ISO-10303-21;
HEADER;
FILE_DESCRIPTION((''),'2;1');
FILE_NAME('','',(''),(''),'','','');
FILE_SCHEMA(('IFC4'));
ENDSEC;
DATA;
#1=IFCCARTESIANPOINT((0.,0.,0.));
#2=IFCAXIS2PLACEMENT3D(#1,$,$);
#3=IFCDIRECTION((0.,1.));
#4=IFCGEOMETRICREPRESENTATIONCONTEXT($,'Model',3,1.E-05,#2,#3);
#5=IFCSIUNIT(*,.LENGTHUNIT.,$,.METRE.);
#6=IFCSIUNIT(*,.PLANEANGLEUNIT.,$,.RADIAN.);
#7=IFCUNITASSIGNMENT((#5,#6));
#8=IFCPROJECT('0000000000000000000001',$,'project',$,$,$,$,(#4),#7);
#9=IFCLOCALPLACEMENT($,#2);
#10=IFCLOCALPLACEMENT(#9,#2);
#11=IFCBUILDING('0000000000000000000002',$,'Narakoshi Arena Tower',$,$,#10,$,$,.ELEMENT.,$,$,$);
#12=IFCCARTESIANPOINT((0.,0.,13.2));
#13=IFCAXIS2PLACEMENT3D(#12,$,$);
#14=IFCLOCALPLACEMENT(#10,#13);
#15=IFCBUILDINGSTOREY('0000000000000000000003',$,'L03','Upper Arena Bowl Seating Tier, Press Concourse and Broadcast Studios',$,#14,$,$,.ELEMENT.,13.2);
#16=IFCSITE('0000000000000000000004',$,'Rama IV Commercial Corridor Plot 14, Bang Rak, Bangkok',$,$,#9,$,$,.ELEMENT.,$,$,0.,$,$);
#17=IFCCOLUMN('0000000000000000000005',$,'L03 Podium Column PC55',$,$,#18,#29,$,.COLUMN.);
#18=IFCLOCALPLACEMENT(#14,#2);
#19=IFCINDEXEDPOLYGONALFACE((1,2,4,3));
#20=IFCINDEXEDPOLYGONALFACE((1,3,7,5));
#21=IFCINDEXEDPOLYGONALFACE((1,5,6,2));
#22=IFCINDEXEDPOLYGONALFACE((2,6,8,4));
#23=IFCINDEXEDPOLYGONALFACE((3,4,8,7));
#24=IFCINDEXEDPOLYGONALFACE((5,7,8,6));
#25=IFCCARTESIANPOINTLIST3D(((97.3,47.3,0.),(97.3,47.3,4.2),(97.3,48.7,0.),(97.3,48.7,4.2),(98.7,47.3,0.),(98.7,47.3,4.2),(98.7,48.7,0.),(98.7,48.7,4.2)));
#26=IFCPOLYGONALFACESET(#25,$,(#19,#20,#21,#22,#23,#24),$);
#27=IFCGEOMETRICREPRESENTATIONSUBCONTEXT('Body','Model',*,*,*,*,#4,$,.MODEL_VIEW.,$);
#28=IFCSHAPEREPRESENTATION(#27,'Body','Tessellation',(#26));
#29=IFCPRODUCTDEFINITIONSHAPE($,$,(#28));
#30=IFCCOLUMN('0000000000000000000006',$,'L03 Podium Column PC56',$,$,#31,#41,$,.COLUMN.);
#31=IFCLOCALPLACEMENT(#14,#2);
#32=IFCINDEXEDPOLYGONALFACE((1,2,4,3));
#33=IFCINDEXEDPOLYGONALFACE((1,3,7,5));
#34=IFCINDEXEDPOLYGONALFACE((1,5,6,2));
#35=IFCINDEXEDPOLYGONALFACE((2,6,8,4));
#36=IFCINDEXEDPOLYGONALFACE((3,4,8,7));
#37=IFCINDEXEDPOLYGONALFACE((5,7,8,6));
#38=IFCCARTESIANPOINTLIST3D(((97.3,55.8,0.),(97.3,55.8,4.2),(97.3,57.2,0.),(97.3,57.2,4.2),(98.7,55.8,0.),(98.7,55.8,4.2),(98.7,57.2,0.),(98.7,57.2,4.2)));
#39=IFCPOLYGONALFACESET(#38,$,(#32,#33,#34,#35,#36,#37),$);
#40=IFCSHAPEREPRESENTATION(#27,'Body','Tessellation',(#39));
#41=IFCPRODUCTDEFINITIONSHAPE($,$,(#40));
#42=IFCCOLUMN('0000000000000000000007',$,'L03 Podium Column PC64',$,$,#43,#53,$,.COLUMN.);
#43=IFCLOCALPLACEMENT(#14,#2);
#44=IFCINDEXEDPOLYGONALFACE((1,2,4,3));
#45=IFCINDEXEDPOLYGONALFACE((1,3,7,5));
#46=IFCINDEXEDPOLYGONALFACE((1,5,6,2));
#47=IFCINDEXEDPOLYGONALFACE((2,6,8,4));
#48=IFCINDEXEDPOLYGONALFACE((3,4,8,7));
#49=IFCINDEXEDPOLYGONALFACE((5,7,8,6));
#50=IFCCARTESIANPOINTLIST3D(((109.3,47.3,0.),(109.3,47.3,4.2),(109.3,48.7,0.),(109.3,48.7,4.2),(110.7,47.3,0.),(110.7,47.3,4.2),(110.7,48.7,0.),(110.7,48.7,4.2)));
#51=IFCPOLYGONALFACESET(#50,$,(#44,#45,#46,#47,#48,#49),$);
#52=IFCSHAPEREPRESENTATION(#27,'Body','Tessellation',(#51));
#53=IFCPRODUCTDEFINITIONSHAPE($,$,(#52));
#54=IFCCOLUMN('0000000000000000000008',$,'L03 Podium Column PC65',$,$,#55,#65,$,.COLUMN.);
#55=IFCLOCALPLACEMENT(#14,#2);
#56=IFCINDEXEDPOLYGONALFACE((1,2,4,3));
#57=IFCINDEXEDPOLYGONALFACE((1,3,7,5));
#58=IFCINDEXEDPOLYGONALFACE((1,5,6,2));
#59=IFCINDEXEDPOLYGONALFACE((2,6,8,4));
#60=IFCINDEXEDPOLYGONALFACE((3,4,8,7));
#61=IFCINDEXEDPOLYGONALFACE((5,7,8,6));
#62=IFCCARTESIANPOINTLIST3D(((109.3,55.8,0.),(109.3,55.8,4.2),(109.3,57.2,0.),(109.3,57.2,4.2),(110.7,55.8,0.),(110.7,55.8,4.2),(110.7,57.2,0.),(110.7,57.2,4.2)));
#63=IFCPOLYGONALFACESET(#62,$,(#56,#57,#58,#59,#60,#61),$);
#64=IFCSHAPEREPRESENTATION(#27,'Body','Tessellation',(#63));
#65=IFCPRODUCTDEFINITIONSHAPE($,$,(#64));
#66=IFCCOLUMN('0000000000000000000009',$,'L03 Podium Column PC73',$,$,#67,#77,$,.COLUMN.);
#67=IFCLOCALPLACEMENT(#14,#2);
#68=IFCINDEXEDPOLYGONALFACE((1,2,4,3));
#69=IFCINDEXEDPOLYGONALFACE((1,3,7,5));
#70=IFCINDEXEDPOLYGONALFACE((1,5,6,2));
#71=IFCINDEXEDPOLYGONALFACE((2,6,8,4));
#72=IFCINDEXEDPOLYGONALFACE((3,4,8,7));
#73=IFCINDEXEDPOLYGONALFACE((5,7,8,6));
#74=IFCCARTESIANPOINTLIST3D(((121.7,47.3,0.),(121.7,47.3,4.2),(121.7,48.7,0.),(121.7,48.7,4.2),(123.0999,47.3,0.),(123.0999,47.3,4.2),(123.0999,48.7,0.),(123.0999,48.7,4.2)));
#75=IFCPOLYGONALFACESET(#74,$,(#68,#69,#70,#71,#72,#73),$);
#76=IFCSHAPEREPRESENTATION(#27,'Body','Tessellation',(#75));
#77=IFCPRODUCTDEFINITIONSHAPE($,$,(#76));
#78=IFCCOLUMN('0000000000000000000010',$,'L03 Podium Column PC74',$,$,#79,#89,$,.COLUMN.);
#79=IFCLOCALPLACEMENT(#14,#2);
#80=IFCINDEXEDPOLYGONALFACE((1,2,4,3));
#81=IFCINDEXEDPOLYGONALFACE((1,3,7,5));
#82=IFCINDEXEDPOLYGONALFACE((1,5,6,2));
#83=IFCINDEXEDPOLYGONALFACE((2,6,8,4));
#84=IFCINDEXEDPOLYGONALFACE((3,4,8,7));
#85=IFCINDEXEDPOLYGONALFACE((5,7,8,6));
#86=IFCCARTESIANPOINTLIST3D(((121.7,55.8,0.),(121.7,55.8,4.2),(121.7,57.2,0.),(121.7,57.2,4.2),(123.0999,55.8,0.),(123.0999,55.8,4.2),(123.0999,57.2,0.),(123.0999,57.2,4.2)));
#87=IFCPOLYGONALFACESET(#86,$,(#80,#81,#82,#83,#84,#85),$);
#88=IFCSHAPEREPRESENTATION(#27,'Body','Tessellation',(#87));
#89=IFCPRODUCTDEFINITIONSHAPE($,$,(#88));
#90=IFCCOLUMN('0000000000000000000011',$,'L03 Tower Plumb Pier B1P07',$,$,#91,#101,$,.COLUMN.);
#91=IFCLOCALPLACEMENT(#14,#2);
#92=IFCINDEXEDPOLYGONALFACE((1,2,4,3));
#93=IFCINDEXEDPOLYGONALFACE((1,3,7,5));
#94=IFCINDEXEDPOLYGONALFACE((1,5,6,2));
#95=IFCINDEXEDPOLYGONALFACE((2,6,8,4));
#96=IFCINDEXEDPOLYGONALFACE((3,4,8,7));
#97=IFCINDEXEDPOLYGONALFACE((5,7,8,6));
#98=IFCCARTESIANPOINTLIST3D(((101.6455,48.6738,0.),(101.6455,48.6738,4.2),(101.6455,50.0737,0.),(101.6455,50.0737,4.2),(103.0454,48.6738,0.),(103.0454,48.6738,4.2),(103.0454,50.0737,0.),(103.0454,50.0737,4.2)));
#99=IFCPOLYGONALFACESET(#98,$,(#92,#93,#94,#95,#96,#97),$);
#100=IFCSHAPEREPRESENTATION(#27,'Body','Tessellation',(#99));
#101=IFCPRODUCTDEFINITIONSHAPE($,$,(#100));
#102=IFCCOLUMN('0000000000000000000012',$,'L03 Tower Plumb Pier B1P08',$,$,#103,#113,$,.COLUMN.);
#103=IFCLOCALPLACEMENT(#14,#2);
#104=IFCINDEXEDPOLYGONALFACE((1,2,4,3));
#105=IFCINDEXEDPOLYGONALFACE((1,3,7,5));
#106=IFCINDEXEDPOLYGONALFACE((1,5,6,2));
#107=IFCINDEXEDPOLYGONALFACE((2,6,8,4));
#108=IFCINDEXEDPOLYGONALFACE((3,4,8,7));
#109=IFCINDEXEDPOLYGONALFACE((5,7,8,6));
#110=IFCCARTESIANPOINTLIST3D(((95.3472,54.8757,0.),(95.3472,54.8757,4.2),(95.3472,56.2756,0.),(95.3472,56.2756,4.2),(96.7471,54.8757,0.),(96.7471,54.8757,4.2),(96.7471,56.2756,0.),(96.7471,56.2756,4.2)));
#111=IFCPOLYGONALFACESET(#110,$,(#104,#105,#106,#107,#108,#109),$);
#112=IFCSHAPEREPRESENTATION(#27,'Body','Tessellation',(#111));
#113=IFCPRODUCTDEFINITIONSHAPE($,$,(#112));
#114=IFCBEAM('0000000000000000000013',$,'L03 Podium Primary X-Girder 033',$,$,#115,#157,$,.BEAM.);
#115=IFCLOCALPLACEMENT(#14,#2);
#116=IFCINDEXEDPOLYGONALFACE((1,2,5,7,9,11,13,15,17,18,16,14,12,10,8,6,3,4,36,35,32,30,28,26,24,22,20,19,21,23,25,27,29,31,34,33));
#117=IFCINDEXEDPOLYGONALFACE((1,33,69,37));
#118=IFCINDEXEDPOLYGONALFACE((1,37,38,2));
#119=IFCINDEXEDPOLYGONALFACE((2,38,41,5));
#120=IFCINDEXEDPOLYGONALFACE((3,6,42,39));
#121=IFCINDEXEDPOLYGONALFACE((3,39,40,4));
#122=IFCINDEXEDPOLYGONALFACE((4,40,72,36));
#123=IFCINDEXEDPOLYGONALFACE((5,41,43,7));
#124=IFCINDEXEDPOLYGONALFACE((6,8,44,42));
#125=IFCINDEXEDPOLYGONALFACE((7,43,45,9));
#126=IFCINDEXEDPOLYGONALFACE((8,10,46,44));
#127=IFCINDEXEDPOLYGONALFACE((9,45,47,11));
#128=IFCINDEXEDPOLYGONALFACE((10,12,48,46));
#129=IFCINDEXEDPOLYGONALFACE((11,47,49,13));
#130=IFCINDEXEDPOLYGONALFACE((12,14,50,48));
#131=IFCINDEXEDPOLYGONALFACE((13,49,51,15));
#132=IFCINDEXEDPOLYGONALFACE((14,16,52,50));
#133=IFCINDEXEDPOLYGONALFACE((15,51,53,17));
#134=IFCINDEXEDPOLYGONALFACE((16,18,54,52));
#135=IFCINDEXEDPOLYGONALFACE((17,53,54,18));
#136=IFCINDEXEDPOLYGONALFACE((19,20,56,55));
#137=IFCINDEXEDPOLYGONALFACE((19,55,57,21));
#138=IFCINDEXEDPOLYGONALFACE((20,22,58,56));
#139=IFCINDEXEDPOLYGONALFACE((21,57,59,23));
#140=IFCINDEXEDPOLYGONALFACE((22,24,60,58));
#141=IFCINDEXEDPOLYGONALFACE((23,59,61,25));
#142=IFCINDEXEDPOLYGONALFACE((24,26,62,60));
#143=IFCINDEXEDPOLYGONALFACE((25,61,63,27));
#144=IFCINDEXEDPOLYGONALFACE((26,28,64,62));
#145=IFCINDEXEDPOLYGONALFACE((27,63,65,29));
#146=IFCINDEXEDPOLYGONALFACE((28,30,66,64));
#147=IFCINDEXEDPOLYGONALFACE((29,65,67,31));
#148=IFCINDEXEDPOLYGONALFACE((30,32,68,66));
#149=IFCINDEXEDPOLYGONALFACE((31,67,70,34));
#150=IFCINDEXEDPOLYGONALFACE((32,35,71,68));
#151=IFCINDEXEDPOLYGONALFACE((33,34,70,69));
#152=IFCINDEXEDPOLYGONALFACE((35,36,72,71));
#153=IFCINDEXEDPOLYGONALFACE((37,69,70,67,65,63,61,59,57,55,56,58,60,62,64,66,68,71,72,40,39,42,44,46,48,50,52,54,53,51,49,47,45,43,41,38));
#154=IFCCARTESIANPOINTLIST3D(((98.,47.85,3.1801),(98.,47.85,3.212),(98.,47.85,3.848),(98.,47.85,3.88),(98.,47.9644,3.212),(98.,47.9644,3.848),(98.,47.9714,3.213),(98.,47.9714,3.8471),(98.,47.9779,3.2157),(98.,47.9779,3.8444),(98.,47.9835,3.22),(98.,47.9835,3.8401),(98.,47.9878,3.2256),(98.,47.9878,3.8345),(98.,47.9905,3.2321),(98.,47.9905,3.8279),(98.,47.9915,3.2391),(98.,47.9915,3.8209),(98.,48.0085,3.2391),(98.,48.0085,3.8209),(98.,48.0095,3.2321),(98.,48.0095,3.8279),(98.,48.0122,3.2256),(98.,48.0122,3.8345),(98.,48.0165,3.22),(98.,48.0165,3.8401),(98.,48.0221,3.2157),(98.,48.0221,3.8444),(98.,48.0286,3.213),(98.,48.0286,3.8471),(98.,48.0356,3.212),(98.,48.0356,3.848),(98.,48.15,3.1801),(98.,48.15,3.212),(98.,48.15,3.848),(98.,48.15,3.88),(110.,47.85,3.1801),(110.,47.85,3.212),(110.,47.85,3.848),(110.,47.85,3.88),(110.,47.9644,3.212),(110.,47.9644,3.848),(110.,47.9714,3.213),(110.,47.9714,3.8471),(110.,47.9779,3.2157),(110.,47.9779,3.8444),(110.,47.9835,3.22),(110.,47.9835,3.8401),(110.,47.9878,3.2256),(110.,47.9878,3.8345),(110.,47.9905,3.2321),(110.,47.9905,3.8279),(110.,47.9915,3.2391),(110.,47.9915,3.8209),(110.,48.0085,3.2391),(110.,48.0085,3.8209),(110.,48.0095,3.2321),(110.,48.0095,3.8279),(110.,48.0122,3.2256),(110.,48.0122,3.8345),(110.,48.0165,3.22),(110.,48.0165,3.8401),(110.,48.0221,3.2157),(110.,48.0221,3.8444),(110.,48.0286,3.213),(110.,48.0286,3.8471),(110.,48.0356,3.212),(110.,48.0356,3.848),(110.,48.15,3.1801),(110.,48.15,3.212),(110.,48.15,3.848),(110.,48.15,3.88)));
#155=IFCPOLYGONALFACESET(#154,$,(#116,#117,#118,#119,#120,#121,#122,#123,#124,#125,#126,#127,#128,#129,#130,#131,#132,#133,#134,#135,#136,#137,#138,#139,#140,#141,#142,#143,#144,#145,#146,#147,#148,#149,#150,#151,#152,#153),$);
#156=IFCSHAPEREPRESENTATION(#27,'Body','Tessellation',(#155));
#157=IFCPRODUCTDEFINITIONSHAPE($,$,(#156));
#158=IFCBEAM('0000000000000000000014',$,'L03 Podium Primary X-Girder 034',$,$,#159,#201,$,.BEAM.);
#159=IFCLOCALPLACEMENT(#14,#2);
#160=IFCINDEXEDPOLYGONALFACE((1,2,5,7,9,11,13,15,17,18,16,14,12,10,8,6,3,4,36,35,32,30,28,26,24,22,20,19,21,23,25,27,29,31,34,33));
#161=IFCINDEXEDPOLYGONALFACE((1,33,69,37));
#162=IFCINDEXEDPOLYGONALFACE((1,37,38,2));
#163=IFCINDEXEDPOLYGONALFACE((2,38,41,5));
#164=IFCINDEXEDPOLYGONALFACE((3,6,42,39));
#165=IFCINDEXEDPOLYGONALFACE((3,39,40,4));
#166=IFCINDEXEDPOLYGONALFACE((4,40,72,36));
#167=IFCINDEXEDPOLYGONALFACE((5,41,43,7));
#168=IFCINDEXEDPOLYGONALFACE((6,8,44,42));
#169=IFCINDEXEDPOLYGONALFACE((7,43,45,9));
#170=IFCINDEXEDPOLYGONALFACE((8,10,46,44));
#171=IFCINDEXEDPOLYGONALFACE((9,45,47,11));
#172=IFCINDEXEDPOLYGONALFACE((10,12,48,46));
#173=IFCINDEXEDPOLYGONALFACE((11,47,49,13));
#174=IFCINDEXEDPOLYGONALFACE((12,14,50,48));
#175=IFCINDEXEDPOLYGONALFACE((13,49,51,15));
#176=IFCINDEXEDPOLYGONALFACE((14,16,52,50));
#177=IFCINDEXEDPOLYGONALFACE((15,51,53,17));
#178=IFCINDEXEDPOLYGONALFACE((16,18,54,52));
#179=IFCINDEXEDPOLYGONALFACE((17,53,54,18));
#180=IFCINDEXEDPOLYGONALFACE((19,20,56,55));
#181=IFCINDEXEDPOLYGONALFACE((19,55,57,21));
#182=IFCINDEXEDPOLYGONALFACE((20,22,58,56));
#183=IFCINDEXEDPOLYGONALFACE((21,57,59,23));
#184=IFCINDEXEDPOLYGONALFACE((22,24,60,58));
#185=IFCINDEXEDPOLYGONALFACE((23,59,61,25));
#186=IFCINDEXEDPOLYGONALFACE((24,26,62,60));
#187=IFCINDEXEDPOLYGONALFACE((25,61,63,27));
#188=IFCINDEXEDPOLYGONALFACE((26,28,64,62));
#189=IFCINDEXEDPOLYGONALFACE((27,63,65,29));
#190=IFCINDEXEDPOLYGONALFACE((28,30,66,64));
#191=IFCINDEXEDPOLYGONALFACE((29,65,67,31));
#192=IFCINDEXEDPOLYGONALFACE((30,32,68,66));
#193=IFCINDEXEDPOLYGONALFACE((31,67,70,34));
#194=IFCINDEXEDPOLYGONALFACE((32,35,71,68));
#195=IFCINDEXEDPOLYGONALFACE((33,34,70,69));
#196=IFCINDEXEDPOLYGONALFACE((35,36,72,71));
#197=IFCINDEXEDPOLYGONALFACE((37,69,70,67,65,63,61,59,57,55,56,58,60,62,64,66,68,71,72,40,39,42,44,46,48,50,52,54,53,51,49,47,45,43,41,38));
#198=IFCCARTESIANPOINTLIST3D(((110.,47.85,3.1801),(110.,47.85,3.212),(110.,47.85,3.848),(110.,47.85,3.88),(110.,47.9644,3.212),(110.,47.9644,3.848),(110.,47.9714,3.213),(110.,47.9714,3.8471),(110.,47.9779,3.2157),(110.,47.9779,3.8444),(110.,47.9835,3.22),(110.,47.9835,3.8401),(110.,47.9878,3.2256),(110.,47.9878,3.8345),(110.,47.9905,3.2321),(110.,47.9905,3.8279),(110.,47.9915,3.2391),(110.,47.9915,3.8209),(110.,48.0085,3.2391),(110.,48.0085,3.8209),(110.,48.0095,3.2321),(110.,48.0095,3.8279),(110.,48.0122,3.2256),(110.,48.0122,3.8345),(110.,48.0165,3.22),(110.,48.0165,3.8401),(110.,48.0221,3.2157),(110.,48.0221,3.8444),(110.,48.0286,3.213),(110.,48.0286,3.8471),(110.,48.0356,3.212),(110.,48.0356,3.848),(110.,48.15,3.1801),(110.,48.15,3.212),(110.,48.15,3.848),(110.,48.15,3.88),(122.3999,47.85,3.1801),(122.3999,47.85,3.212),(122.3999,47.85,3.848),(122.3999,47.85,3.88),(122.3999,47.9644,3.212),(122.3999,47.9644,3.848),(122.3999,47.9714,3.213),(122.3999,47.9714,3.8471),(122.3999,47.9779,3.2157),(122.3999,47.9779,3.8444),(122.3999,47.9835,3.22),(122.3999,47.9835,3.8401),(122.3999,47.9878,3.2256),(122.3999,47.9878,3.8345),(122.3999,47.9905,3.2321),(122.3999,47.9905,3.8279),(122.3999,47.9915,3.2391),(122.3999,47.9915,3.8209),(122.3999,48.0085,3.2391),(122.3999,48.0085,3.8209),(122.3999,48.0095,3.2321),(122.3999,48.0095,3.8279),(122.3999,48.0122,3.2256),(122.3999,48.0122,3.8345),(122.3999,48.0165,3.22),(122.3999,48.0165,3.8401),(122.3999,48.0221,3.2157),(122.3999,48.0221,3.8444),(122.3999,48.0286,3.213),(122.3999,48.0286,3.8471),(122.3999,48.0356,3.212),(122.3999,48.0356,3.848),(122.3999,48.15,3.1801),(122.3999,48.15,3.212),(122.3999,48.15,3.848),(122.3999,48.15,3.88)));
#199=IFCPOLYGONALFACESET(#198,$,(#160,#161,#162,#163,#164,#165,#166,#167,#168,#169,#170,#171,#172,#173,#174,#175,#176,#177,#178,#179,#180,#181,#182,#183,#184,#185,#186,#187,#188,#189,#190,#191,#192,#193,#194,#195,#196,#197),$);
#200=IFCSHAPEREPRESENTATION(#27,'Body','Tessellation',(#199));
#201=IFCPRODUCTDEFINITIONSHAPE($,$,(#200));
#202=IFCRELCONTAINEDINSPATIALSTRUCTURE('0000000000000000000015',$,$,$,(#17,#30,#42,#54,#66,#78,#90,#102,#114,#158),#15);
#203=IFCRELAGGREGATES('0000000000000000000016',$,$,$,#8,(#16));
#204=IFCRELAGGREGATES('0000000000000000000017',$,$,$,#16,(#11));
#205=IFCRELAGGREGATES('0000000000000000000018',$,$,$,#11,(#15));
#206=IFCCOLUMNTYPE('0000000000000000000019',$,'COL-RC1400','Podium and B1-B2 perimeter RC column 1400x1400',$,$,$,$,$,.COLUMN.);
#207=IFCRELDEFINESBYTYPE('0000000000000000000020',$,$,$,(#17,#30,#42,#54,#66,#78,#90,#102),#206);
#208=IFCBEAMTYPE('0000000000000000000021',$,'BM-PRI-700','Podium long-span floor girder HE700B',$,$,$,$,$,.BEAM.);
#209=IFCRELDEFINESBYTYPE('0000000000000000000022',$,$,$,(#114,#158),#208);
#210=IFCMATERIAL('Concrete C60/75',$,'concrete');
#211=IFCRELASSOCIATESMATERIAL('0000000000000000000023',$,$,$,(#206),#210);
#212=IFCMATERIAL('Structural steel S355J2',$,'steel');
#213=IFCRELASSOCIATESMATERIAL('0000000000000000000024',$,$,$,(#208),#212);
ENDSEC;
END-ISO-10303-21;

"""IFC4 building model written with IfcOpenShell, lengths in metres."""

from ifc_helpers import new_model, si_unit, direction, frame, origin, origin_2d, place, context, subcontext, project, spatial, rectangle, i_section, extrude, material, material_profile, profile_set, type_object, element, save


model = new_model("IFC4")

# Units and contexts
model_context = context("Model", 3, precision=1e-05, world=origin(), true_north=direction((0.0, 1.0)))
body_context = subcontext(model_context, "Body", "Model", "MODEL_VIEW")
ifc_project = project(units=[si_unit("LENGTHUNIT", "METRE"), si_unit("PLANEANGLEUNIT", "RADIAN")], contexts=[model_context])

# Site, building, storey
site_placement = place(None, origin())
site = spatial("IfcSite", under=ifc_project, at=site_placement, Name="Rama IV Commercial Corridor Plot 14, Bang Rak, Bangkok", CompositionType="ELEMENT", RefElevation=0.0)
building_placement = place(site_placement, origin())
building = spatial("IfcBuilding", under=site, at=building_placement, Name="Narakoshi Arena Tower", CompositionType="ELEMENT")
storey_placement = place(building_placement, frame((0.0, 0.0, 13.2)))
storey = spatial("IfcBuildingStorey", under=building, at=storey_placement, Name="L03", Description="Upper Arena Bowl Seating Tier, Press Concourse and Broadcast Studios", CompositionType="ELEMENT", Elevation=13.2)

# Columns
ifc_material_1 = material(Name="Concrete C60/75", Category="concrete")
ifc_material_profile_1 = material_profile(ifc_material_1, rectangle(XDim=1.3999, YDim=1.3999, at=origin_2d()), Name="RC1400x1400")
ifc_profile_set_1 = profile_set([ifc_material_profile_1], Name="Concrete C60/75")
column_type = type_object("IfcColumnType", Name="COL-RC1400", Description="Podium and B1-B2 perimeter RC column 1400x1400", PredefinedType="COLUMN", material=ifc_profile_set_1)
for number, where, z_axis, x_axis, name in (
    (1, (98.0, 48.0, 0.0), (0.0, 0.0, 1.0), (1.0, 0.0, 0.0), "L03 Podium Column PC55"),
    (2, (98.0, 56.5, 0.0), (0.0, 0.0, 1.0), (1.0, 0.0, 0.0), "L03 Podium Column PC56"),
    (3, (110.0, 48.0, 0.0), (0.0, 0.0, 1.0), (1.0, 0.0, 0.0), "L03 Podium Column PC64"),
    (4, (110.0, 56.5, 0.0), (0.0, 0.0, 1.0), (1.0, 0.0, 0.0), "L03 Podium Column PC65"),
    (5, (122.3999, 48.0, 0.0), (0.0, 0.0, 1.0), (1.0, 0.0, 0.0), "L03 Podium Column PC73"),
    (6, (122.3999, 56.5, 0.0), (0.0, 0.0, 1.0), (1.0, 0.0, 0.0), "L03 Podium Column PC74"),
    (7, (102.3455, 49.3738, 0.0), (0.0, 0.0, 1.0), (1.0, 0.0, 0.0), "L03 Tower Plumb Pier B1P07"),
    (8, (96.0471, 55.5757, 0.0), (0.0, 0.0, 1.0), (1.0, 0.0, 0.0), "L03 Tower Plumb Pier B1P08"),
):
    element("IfcColumn", number, at=place(storey_placement, frame(where, z_axis=z_axis, x_axis=x_axis)), inside=storey, type_object=column_type, Name=name, PredefinedType="COLUMN", context=body_context, shape_type="SweptSolid", body=[
        extrude(rectangle(XDim=1.3999, YDim=1.3999, at=origin_2d()), origin(), (0.0, 0.0, 1.0), 4.2),
    ])

# Beams
ifc_material_2 = material(Name="Structural steel S355J2", Category="steel")
ifc_material_profile_2 = material_profile(ifc_material_2, i_section(OverallWidth=0.3, OverallDepth=0.7, WebThickness=0.0171, FlangeThickness=0.032, FilletRadius=0.0271, at=origin_2d()), Name="HE700B")
ifc_profile_set_2 = profile_set([ifc_material_profile_2], Name="Structural steel S355J2")
beam_type_1 = type_object("IfcBeamType", Name="BM-PRI-700", Description="Podium long-span floor girder HE700B", PredefinedType="BEAM", material=ifc_profile_set_2)
beam_1_placement = place(storey_placement, frame((98.0, 48.0, 3.53), z_axis=(1.0, 0.0, 0.0), x_axis=(0.0, 1.0, 0.0)))
element("IfcBeam", 9, at=beam_1_placement, inside=storey, type_object=beam_type_1, Name="L03 Podium Primary X-Girder 033", PredefinedType="BEAM", context=body_context, shape_type="SweptSolid", body=[
    extrude(i_section(OverallWidth=0.3, OverallDepth=0.7, WebThickness=0.0171, FlangeThickness=0.032, FilletRadius=0.0271, at=origin_2d()), origin(), (0.0, 0.0, 1.0), 12.0),
])
beam_2_placement = place(storey_placement, frame((110.0, 48.0, 3.53), z_axis=(1.0, 0.0, 0.0), x_axis=(0.0, 1.0, 0.0)))
element("IfcBeam", 10, at=beam_2_placement, inside=storey, type_object=beam_type_1, Name="L03 Podium Primary X-Girder 034", PredefinedType="BEAM", context=body_context, shape_type="SweptSolid", body=[
    extrude(i_section(OverallWidth=0.3, OverallDepth=0.7, WebThickness=0.0171, FlangeThickness=0.032, FilletRadius=0.0271, at=origin_2d()), origin(), (0.0, 0.0, 1.0), 12.3999),
])

save(model, "model.ifc")
